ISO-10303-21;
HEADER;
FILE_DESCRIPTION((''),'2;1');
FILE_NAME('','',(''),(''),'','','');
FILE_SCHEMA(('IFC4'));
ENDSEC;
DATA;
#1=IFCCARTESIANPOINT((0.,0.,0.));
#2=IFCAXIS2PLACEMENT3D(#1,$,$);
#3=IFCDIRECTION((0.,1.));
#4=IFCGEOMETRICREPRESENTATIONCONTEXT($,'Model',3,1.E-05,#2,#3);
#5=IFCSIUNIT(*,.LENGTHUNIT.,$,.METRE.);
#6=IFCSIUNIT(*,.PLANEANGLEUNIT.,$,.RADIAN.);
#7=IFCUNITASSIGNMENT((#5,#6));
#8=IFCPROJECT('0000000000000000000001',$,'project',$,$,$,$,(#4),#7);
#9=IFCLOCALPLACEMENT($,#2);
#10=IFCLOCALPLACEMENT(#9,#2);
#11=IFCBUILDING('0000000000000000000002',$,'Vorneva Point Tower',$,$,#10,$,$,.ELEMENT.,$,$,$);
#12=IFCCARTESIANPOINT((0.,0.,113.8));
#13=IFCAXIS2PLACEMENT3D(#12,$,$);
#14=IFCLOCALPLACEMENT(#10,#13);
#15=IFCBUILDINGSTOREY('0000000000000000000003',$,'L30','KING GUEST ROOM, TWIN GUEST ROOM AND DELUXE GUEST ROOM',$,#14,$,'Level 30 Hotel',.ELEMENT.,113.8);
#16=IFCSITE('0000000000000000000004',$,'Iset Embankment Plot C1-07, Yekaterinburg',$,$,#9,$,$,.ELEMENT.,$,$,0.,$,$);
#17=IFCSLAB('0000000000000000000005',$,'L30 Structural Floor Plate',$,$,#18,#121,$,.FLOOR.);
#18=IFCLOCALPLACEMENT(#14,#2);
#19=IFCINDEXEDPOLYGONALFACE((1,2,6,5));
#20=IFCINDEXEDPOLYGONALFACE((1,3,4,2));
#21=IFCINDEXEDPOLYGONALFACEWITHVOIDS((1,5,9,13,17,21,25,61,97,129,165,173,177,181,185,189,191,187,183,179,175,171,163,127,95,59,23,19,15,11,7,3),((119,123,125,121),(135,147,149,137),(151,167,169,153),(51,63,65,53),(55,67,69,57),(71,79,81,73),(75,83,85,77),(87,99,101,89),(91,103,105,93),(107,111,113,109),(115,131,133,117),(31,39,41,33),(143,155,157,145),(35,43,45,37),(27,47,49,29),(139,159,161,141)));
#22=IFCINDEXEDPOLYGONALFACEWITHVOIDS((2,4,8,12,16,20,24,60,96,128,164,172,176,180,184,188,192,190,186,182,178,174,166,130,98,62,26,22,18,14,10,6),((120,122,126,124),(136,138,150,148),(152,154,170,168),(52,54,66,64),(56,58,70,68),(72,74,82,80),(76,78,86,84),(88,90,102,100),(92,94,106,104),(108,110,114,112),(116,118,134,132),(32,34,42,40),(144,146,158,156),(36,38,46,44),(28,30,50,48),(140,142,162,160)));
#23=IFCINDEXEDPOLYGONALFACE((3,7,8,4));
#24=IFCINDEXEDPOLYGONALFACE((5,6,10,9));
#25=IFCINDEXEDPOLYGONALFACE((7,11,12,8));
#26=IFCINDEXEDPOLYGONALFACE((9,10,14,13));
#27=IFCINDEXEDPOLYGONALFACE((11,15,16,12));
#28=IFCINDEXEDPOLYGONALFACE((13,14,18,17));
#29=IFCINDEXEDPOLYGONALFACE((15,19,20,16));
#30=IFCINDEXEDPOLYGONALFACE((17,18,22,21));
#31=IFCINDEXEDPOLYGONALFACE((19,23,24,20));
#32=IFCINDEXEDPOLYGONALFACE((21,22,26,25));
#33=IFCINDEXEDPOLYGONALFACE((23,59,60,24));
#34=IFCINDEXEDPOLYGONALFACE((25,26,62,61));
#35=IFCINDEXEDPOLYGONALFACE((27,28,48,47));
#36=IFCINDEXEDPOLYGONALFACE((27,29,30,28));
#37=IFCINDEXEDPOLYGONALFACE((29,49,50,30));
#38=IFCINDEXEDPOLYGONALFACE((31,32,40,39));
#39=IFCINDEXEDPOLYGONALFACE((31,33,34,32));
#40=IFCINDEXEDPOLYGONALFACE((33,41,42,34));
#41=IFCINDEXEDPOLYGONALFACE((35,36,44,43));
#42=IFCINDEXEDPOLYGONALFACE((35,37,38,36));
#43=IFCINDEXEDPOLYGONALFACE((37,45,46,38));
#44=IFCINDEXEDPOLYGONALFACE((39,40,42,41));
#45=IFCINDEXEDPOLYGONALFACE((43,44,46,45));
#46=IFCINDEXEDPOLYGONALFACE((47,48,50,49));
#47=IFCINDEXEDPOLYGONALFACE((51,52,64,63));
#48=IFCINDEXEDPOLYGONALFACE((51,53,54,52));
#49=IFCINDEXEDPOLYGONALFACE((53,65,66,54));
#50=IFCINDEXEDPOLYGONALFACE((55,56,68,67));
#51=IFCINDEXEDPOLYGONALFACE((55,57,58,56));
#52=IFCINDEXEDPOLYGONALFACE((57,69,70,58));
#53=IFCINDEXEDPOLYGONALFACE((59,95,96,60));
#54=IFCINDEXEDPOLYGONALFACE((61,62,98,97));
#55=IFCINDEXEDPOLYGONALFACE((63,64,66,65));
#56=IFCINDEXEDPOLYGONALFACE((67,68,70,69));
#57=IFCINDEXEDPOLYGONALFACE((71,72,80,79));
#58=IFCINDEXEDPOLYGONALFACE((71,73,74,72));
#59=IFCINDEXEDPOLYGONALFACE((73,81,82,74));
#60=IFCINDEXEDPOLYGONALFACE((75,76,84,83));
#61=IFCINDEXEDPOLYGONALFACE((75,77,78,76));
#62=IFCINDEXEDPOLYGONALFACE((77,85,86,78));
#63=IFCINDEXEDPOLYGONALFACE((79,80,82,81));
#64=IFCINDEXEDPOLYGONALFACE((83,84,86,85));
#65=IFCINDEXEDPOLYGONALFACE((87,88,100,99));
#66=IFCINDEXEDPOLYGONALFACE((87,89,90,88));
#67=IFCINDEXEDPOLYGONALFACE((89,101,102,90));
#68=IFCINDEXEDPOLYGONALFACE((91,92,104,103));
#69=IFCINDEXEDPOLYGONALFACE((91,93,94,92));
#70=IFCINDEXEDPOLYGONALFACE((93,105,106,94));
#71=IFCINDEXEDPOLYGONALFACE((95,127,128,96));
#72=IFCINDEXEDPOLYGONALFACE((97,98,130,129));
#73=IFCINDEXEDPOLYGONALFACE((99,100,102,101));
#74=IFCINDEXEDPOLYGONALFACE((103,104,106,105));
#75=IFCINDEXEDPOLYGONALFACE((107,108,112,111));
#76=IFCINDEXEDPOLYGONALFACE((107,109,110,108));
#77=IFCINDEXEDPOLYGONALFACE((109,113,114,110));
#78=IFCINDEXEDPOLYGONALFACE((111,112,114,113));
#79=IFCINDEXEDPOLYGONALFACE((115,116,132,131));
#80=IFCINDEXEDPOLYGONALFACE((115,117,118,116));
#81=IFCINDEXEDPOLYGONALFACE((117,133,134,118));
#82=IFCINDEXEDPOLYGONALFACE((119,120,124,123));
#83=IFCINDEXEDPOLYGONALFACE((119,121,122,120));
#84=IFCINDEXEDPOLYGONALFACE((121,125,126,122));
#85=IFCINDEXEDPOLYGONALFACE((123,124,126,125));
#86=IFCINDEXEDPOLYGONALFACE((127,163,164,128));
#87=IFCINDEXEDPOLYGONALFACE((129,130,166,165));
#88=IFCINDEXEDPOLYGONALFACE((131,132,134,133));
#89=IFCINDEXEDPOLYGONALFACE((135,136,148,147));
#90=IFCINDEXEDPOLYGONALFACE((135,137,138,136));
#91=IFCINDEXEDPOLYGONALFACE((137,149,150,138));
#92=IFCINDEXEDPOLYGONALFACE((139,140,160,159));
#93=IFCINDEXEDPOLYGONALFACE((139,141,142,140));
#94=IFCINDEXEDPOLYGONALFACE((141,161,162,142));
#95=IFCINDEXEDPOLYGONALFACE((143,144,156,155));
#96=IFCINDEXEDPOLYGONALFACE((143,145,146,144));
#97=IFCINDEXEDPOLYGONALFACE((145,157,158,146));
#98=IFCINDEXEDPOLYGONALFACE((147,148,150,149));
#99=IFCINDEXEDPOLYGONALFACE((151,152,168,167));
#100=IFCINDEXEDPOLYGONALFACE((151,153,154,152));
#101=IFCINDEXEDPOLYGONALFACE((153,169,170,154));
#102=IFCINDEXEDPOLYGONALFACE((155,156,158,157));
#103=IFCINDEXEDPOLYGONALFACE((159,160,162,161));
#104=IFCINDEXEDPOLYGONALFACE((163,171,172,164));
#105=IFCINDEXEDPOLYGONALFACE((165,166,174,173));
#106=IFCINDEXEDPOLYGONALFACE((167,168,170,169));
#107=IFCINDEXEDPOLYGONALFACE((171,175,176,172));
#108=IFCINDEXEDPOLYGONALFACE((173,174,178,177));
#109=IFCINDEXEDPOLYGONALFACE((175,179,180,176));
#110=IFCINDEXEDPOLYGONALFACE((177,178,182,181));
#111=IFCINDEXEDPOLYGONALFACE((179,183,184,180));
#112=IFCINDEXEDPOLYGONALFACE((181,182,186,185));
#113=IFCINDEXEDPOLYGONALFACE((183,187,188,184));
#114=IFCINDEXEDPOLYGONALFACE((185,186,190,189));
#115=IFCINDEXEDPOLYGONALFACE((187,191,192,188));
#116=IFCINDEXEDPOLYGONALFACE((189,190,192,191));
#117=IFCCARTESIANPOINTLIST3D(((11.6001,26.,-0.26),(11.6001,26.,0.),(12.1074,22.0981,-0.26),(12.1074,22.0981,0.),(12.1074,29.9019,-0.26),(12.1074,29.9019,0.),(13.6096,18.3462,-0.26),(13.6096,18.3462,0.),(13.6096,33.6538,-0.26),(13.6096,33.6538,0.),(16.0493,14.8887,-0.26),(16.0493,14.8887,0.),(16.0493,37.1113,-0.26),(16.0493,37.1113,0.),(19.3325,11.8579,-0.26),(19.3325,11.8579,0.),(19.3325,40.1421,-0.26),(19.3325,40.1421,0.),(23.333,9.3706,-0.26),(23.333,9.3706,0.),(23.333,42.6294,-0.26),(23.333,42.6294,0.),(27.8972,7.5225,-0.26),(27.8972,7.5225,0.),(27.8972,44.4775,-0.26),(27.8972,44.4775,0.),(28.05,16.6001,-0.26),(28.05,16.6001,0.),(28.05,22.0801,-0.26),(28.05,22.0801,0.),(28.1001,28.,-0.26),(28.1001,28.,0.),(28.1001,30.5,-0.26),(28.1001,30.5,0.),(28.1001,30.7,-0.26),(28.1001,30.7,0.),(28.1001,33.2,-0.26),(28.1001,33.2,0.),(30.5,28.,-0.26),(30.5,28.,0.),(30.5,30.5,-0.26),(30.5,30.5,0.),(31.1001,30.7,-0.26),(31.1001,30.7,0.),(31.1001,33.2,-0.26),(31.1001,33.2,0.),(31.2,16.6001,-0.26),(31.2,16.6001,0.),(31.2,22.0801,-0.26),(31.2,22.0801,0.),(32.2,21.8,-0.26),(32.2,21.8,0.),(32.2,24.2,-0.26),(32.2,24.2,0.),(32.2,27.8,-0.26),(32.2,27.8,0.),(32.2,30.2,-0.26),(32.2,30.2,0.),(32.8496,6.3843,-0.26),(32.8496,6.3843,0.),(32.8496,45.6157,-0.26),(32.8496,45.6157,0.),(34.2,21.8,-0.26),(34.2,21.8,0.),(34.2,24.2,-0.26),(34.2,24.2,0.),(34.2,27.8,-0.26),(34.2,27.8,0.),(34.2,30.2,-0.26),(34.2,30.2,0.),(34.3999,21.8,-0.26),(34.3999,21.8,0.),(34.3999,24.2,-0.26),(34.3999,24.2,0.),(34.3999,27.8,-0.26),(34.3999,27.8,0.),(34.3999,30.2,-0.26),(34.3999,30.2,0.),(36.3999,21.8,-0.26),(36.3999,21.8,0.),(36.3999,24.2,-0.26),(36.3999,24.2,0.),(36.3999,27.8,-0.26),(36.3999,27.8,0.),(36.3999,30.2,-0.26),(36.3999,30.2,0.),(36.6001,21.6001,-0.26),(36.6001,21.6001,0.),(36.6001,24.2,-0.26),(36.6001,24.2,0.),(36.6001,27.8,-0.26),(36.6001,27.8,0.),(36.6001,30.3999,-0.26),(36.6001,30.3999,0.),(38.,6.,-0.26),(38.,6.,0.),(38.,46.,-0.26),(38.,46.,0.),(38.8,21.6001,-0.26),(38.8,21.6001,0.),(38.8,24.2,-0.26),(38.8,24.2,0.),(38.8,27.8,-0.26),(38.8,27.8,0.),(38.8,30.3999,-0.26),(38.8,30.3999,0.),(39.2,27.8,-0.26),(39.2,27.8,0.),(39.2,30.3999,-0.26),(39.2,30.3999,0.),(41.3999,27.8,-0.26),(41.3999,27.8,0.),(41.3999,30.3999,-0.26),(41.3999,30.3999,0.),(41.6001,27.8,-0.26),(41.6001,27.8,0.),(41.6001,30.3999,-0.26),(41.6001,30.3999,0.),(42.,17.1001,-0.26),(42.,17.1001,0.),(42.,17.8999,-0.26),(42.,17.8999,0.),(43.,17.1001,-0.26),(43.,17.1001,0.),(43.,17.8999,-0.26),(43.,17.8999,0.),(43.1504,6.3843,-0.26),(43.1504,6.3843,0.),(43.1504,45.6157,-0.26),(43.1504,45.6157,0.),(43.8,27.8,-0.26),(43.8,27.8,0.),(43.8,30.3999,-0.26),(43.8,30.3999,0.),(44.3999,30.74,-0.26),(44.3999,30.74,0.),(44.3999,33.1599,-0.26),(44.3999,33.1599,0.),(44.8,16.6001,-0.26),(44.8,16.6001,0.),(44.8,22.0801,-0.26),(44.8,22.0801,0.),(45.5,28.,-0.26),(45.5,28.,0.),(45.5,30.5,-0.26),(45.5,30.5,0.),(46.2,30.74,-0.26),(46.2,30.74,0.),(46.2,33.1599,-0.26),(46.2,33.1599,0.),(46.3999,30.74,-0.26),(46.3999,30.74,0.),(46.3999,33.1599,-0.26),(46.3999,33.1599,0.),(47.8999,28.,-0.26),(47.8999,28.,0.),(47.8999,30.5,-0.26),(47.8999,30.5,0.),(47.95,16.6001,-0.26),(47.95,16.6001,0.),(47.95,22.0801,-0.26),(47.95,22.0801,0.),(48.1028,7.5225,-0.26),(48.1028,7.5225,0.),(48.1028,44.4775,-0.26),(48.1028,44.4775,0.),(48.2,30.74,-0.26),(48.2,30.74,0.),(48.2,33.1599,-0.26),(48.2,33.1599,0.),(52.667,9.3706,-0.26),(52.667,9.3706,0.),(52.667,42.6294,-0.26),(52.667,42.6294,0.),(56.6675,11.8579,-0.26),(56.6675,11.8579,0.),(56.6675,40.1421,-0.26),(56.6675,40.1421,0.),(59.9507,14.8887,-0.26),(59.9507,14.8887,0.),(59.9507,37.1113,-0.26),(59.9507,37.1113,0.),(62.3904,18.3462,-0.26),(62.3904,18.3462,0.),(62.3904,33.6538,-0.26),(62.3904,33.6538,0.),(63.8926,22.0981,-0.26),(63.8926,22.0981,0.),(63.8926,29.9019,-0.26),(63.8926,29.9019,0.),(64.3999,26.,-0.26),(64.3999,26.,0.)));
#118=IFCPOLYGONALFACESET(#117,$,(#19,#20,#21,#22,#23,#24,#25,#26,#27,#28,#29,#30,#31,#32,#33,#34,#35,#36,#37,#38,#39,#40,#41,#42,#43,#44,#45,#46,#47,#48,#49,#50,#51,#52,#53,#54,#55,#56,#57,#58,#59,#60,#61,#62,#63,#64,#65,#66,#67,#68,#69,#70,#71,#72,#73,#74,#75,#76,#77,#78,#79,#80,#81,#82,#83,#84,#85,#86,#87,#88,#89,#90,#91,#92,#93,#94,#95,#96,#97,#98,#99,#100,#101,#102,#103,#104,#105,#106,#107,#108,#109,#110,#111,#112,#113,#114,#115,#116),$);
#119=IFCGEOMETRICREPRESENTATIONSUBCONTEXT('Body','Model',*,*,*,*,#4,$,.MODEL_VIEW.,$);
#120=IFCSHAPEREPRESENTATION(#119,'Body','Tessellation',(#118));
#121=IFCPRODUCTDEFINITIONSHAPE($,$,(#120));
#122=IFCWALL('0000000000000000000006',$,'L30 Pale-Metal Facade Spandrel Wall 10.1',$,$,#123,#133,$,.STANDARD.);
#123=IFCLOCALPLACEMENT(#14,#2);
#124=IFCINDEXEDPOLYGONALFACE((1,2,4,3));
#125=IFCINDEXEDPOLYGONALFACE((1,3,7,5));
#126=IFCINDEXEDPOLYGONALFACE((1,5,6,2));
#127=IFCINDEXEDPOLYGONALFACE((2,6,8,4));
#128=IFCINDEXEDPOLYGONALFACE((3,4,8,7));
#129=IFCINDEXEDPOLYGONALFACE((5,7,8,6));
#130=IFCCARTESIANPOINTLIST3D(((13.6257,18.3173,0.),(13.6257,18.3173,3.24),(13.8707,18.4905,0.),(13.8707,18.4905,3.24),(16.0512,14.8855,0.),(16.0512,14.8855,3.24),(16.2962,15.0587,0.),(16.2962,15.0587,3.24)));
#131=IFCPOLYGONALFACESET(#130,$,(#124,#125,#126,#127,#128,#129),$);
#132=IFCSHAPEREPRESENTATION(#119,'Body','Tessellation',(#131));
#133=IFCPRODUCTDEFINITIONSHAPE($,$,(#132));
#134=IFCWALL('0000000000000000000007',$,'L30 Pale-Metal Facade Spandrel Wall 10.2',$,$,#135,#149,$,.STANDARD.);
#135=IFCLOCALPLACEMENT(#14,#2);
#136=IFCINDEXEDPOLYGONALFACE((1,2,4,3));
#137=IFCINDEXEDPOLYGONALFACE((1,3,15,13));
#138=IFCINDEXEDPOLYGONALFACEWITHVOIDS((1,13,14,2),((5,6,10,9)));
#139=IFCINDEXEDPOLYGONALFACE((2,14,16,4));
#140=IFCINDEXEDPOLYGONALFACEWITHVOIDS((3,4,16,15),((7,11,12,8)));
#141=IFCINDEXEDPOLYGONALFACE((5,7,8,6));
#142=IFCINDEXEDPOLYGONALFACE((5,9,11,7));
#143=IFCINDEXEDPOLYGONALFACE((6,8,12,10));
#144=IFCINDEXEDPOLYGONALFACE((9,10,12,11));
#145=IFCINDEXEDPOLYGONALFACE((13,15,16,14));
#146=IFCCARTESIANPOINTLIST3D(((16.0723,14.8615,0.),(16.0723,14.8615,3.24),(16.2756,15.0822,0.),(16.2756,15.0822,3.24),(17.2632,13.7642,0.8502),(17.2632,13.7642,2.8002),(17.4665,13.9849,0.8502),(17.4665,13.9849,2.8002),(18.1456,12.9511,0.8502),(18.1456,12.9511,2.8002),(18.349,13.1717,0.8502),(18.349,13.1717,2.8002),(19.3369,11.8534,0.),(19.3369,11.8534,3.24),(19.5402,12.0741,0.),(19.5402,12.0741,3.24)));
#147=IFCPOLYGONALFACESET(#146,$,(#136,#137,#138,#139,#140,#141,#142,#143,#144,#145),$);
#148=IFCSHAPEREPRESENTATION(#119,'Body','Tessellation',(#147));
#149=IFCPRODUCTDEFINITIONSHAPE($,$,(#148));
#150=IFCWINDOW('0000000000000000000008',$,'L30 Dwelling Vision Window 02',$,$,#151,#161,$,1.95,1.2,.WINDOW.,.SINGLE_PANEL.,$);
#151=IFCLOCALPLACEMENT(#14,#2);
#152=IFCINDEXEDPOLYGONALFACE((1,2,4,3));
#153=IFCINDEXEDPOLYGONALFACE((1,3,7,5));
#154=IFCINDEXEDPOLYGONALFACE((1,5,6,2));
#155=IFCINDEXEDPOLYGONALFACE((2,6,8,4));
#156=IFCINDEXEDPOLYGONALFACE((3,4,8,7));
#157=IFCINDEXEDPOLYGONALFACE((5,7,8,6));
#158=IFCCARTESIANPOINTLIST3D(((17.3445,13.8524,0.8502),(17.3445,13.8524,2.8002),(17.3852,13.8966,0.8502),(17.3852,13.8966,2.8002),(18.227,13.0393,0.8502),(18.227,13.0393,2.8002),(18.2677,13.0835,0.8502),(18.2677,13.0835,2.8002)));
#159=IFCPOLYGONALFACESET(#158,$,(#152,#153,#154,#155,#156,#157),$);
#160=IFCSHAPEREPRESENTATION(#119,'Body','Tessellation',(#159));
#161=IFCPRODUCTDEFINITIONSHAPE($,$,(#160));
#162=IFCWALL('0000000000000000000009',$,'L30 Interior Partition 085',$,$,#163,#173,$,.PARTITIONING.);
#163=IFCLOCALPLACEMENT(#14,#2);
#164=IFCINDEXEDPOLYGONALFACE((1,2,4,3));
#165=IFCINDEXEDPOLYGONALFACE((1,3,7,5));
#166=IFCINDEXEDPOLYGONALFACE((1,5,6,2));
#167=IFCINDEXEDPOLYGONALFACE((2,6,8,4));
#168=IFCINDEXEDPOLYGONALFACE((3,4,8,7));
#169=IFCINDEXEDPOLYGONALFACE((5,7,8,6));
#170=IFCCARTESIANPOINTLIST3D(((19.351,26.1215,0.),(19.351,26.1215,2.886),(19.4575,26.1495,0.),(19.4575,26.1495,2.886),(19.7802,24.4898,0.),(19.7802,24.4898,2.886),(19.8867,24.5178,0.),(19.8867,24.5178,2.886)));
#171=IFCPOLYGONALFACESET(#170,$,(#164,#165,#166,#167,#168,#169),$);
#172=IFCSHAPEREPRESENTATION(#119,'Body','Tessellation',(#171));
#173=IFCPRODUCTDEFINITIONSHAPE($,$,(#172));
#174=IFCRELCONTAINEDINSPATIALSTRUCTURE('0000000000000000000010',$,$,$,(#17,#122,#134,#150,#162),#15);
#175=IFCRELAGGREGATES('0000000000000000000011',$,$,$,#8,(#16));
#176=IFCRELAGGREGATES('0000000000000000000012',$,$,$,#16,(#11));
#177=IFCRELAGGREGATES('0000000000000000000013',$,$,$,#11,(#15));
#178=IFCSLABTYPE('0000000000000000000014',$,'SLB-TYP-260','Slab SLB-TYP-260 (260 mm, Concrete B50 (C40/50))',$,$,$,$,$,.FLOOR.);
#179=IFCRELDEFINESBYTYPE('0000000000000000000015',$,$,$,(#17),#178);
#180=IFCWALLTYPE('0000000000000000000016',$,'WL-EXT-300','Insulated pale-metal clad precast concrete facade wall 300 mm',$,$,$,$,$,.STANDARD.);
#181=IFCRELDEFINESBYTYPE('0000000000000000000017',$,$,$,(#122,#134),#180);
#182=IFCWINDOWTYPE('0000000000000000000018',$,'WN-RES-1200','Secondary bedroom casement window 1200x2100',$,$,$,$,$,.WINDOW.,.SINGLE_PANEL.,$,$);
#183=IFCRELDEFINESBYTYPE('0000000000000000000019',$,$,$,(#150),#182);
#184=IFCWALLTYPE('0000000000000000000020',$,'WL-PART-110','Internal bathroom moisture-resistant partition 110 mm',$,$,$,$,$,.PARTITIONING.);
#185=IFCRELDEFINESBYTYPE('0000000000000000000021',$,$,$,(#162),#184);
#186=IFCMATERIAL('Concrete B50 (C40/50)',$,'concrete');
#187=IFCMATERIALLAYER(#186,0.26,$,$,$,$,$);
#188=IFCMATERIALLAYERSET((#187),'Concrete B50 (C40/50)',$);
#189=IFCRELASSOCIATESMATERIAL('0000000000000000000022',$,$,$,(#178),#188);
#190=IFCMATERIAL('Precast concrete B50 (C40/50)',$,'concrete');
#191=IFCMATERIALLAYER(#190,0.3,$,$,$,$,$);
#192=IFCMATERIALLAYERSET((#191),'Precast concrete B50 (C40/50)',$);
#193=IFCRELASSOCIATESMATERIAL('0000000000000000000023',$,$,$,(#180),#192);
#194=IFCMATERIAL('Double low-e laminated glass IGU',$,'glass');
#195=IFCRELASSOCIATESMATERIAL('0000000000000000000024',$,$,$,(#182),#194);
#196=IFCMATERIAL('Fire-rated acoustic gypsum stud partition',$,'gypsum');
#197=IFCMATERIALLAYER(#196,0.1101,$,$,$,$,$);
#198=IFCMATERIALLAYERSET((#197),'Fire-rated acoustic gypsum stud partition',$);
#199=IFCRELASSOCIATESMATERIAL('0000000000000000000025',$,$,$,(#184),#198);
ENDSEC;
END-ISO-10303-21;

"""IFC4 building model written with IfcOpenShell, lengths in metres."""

from ifc_helpers import new_model, si_unit, direction, frame, frame_2d, origin, place, context, subcontext, project, spatial, polyline, rectangle, outline, extrude, material, layer, layer_set, type_object, element, fill, save


model = new_model("IFC4")

# Units and contexts
model_context = context("Model", 3, precision=1e-05, world=origin(), true_north=direction((0.0, 1.0)))
body_context = subcontext(model_context, "Body", "Model", "MODEL_VIEW")
ifc_project = project(units=[si_unit("LENGTHUNIT", "METRE"), si_unit("PLANEANGLEUNIT", "RADIAN")], contexts=[model_context])

# Site, building, storey
site_placement = place(None, origin())
site = spatial("IfcSite", under=ifc_project, at=site_placement, Name="Iset Embankment Plot C1-07, Yekaterinburg", CompositionType="ELEMENT", RefElevation=0.0)
building_placement = place(site_placement, origin())
building = spatial("IfcBuilding", under=site, at=building_placement, Name="Vorneva Point Tower", CompositionType="ELEMENT")
storey_placement = place(building_placement, frame((0.0, 0.0, 113.8)))
storey = spatial("IfcBuildingStorey", under=building, at=storey_placement, Name="L30", Description="KING GUEST ROOM, TWIN GUEST ROOM AND DELUXE GUEST ROOM", LongName="Level 30 Hotel", CompositionType="ELEMENT", Elevation=113.8)

# Shared definitions
ifc_material_1 = material(Name="Double low-e laminated glass IGU", Category="glass")

# Shared definitions
ifc_material_2 = material(Name="Concrete B50 (C40/50)", Category="concrete")

# Slab
ifc_layer_1 = layer(ifc_material_2, 0.26)
ifc_layer_set_1 = layer_set([ifc_layer_1], Name="Concrete B50 (C40/50)")
slab_type_1 = type_object("IfcSlabType", Name="SLB-TYP-260", Description="Slab SLB-TYP-260 (260 mm, Concrete B50 (C40/50))", PredefinedType="FLOOR", material=ifc_layer_set_1)
slab_1_placement = place(storey_placement, frame((0.0, 0.0, -0.26)))
element("IfcSlab", 1, at=slab_1_placement, inside=storey, type_object=slab_type_1, Name="L30 Structural Floor Plate", PredefinedType="FLOOR", context=body_context, shape_type="SweptSolid", body=[
    extrude(outline(polyline([(64.3999, 26.0), (63.8926, 29.9019), (62.3904, 33.6538), (59.9507, 37.1113), (56.6675, 40.1421), (52.667, 42.6294), (48.1028, 44.4775), (43.1504, 45.6157), (38.0, 46.0), (32.8496, 45.6157), (27.8972, 44.4775), (23.333, 42.6294), (19.3325, 40.1421), (16.0493, 37.1113), (13.6096, 33.6538), (12.1074, 29.9019), (11.6001, 26.0), (12.1074, 22.0981), (13.6096, 18.3462), (16.0493, 14.8887), (19.3325, 11.8579), (23.333, 9.3706), (27.8972, 7.5225), (32.8496, 6.3843), (38.0, 6.0), (43.1504, 6.3843), (48.1028, 7.5225), (52.667, 9.3706), (56.6675, 11.8579), (59.9507, 14.8887), (62.3904, 18.3462), (63.8926, 22.0981), (64.3999, 26.0)]), holes=[polyline([(32.2, 27.8), (34.2, 27.8), (34.2, 30.2), (32.2, 30.2), (32.2, 27.8)]), polyline([(34.3999, 27.8), (36.3999, 27.8), (36.3999, 30.2), (34.3999, 30.2), (34.3999, 27.8)]), polyline([(36.6001, 27.8), (38.8, 27.8), (38.8, 30.3999), (36.6001, 30.3999), (36.6001, 27.8)]), polyline([(32.2, 21.8), (34.2, 21.8), (34.2, 24.2), (32.2, 24.2), (32.2, 21.8)]), polyline([(34.3999, 21.8), (36.3999, 21.8), (36.3999, 24.2), (34.3999, 24.2), (34.3999, 21.8)]), polyline([(36.6001, 21.6001), (38.8, 21.6001), (38.8, 24.2), (36.6001, 24.2), (36.6001, 21.6001)]), polyline([(39.2, 27.8), (41.3999, 27.8), (41.3999, 30.3999), (39.2, 30.3999), (39.2, 27.8)]), polyline([(41.6001, 27.8), (43.8, 27.8), (43.8, 30.3999), (41.6001, 30.3999), (41.6001, 27.8)]), polyline([(44.3999, 30.74), (46.2, 30.74), (46.2, 33.1599), (44.3999, 33.1599), (44.3999, 30.74)]), polyline([(46.3999, 30.74), (48.2, 30.74), (48.2, 33.1599), (46.3999, 33.1599), (46.3999, 30.74)]), polyline([(28.1001, 28.0), (30.5, 28.0), (30.5, 30.5), (28.1001, 30.5), (28.1001, 28.0)]), polyline([(45.5, 28.0), (47.8999, 28.0), (47.8999, 30.5), (45.5, 30.5), (45.5, 28.0)]), polyline([(28.1001, 30.7), (31.1001, 30.7), (31.1001, 33.2), (28.1001, 33.2), (28.1001, 30.7)]), polyline([(28.05, 16.6001), (31.2, 16.6001), (31.2, 22.0801), (28.05, 22.0801), (28.05, 16.6001)]), polyline([(44.8, 16.6001), (47.95, 16.6001), (47.95, 22.0801), (44.8, 22.0801), (44.8, 16.6001)]), polyline([(42.0, 17.1001), (43.0, 17.1001), (43.0, 17.8999), (42.0, 17.8999), (42.0, 17.1001)])]), origin(), (0.0, 0.0, 1.0), 0.26),
])

# Wall
ifc_material_3 = material(Name="Precast concrete B50 (C40/50)", Category="concrete")
ifc_layer_2 = layer(ifc_material_3, 0.3)
ifc_layer_set_2 = layer_set([ifc_layer_2], Name="Precast concrete B50 (C40/50)")
wall_type_1 = type_object("IfcWallType", Name="WL-EXT-300", Description="Insulated pale-metal clad precast concrete facade wall 300 mm", PredefinedType="STANDARD", material=ifc_layer_set_2)
wall_1_placement = place(storey_placement, frame((13.7483, 18.4038, 0.0), z_axis=(0.0, 0.0, 1.0), x_axis=(0.577164, -0.816628, 0.0)))
element("IfcWall", 2, at=wall_1_placement, inside=storey, type_object=wall_type_1, Name="L30 Pale-Metal Facade Spandrel Wall 10.1", PredefinedType="STANDARD", context=body_context, shape_type="SweptSolid", body=[
    extrude(rectangle(XDim=4.2024, YDim=0.3, at=frame_2d((2.1011, 0.0))), origin(), (0.0, 0.0, 1.0), 3.24),
])

# Wall, opening, window
wall_2_placement = place(storey_placement, frame((16.1738, 14.9719, 0.0), z_axis=(0.0, 0.0, 1.0), x_axis=(0.735417, -0.677615, 0.0)))
wall_2 = element("IfcWall", 3, at=wall_2_placement, inside=storey, type_object=wall_type_1, Name="L30 Pale-Metal Facade Spandrel Wall 10.2", PredefinedType="STANDARD", context=body_context, shape_type="SweptSolid", body=[
    extrude(rectangle(XDim=4.4392, YDim=0.3, at=frame_2d((2.2197, 0.0))), origin(), (0.0, 0.0, 1.0), 3.24),
])
opening_placement = place(wall_2_placement, frame((1.6194, 0.0, 0.8501)))
opening = element("IfcOpeningElement", 4, at=opening_placement, cuts=wall_2, PredefinedType="OPENING", context=body_context, shape_type="SweptSolid", body=[
    extrude(rectangle(XDim=1.2, YDim=1.95, at=frame_2d((0.6001, 0.9751))), frame((0.0, 0.165, 0.0), z_axis=(0.0, -1.0, 0.0), x_axis=(1.0, 0.0, 0.0)), (0.0, 0.0, 1.0), 0.3298),
])
window_type = type_object("IfcWindowType", Name="WN-RES-1200", Description="Secondary bedroom casement window 1200x2100", PartitioningType="SINGLE_PANEL", PredefinedType="WINDOW", material=ifc_material_1)
window_placement = place(opening_placement, origin())
window = element("IfcWindow", 5, at=window_placement, inside=storey, type_object=window_type, Name="L30 Dwelling Vision Window 02", OverallHeight=1.95, OverallWidth=1.2, PartitioningType="SINGLE_PANEL", PredefinedType="WINDOW", context=body_context, shape_type="SweptSolid", body=[
    extrude(rectangle(XDim=1.2, YDim=1.95, at=frame_2d((0.6001, 0.9751))), frame((0.0, 0.03, 0.0), z_axis=(0.0, -1.0, 0.0), x_axis=(1.0, 0.0, 0.0)), (0.0, 0.0, 1.0), 0.0601),
])
fill(opening, window)

# Wall
ifc_material_4 = material(Name="Fire-rated acoustic gypsum stud partition", Category="gypsum")
ifc_layer_3 = layer(ifc_material_4, 0.1101)
ifc_layer_set_3 = layer_set([ifc_layer_3], Name="Fire-rated acoustic gypsum stud partition")
wall_type_2 = type_object("IfcWallType", Name="WL-PART-110", Description="Internal bathroom moisture-resistant partition 110 mm", PredefinedType="PARTITIONING", material=ifc_layer_set_3)
wall_3_placement = place(storey_placement, frame((19.8335, 24.5037, 0.0), z_axis=(0.0, 0.0, 1.0), x_axis=(-0.254365, 0.967108, 0.0)))
element("IfcWall", 6, at=wall_3_placement, inside=storey, type_object=wall_type_2, Name="L30 Interior Partition 085", PredefinedType="PARTITIONING", context=body_context, shape_type="SweptSolid", body=[
    extrude(rectangle(XDim=1.6873, YDim=0.1101, at=frame_2d((0.8438, 0.0))), origin(), (0.0, 0.0, 1.0), 2.886),
])

save(model, "model.ifc")
